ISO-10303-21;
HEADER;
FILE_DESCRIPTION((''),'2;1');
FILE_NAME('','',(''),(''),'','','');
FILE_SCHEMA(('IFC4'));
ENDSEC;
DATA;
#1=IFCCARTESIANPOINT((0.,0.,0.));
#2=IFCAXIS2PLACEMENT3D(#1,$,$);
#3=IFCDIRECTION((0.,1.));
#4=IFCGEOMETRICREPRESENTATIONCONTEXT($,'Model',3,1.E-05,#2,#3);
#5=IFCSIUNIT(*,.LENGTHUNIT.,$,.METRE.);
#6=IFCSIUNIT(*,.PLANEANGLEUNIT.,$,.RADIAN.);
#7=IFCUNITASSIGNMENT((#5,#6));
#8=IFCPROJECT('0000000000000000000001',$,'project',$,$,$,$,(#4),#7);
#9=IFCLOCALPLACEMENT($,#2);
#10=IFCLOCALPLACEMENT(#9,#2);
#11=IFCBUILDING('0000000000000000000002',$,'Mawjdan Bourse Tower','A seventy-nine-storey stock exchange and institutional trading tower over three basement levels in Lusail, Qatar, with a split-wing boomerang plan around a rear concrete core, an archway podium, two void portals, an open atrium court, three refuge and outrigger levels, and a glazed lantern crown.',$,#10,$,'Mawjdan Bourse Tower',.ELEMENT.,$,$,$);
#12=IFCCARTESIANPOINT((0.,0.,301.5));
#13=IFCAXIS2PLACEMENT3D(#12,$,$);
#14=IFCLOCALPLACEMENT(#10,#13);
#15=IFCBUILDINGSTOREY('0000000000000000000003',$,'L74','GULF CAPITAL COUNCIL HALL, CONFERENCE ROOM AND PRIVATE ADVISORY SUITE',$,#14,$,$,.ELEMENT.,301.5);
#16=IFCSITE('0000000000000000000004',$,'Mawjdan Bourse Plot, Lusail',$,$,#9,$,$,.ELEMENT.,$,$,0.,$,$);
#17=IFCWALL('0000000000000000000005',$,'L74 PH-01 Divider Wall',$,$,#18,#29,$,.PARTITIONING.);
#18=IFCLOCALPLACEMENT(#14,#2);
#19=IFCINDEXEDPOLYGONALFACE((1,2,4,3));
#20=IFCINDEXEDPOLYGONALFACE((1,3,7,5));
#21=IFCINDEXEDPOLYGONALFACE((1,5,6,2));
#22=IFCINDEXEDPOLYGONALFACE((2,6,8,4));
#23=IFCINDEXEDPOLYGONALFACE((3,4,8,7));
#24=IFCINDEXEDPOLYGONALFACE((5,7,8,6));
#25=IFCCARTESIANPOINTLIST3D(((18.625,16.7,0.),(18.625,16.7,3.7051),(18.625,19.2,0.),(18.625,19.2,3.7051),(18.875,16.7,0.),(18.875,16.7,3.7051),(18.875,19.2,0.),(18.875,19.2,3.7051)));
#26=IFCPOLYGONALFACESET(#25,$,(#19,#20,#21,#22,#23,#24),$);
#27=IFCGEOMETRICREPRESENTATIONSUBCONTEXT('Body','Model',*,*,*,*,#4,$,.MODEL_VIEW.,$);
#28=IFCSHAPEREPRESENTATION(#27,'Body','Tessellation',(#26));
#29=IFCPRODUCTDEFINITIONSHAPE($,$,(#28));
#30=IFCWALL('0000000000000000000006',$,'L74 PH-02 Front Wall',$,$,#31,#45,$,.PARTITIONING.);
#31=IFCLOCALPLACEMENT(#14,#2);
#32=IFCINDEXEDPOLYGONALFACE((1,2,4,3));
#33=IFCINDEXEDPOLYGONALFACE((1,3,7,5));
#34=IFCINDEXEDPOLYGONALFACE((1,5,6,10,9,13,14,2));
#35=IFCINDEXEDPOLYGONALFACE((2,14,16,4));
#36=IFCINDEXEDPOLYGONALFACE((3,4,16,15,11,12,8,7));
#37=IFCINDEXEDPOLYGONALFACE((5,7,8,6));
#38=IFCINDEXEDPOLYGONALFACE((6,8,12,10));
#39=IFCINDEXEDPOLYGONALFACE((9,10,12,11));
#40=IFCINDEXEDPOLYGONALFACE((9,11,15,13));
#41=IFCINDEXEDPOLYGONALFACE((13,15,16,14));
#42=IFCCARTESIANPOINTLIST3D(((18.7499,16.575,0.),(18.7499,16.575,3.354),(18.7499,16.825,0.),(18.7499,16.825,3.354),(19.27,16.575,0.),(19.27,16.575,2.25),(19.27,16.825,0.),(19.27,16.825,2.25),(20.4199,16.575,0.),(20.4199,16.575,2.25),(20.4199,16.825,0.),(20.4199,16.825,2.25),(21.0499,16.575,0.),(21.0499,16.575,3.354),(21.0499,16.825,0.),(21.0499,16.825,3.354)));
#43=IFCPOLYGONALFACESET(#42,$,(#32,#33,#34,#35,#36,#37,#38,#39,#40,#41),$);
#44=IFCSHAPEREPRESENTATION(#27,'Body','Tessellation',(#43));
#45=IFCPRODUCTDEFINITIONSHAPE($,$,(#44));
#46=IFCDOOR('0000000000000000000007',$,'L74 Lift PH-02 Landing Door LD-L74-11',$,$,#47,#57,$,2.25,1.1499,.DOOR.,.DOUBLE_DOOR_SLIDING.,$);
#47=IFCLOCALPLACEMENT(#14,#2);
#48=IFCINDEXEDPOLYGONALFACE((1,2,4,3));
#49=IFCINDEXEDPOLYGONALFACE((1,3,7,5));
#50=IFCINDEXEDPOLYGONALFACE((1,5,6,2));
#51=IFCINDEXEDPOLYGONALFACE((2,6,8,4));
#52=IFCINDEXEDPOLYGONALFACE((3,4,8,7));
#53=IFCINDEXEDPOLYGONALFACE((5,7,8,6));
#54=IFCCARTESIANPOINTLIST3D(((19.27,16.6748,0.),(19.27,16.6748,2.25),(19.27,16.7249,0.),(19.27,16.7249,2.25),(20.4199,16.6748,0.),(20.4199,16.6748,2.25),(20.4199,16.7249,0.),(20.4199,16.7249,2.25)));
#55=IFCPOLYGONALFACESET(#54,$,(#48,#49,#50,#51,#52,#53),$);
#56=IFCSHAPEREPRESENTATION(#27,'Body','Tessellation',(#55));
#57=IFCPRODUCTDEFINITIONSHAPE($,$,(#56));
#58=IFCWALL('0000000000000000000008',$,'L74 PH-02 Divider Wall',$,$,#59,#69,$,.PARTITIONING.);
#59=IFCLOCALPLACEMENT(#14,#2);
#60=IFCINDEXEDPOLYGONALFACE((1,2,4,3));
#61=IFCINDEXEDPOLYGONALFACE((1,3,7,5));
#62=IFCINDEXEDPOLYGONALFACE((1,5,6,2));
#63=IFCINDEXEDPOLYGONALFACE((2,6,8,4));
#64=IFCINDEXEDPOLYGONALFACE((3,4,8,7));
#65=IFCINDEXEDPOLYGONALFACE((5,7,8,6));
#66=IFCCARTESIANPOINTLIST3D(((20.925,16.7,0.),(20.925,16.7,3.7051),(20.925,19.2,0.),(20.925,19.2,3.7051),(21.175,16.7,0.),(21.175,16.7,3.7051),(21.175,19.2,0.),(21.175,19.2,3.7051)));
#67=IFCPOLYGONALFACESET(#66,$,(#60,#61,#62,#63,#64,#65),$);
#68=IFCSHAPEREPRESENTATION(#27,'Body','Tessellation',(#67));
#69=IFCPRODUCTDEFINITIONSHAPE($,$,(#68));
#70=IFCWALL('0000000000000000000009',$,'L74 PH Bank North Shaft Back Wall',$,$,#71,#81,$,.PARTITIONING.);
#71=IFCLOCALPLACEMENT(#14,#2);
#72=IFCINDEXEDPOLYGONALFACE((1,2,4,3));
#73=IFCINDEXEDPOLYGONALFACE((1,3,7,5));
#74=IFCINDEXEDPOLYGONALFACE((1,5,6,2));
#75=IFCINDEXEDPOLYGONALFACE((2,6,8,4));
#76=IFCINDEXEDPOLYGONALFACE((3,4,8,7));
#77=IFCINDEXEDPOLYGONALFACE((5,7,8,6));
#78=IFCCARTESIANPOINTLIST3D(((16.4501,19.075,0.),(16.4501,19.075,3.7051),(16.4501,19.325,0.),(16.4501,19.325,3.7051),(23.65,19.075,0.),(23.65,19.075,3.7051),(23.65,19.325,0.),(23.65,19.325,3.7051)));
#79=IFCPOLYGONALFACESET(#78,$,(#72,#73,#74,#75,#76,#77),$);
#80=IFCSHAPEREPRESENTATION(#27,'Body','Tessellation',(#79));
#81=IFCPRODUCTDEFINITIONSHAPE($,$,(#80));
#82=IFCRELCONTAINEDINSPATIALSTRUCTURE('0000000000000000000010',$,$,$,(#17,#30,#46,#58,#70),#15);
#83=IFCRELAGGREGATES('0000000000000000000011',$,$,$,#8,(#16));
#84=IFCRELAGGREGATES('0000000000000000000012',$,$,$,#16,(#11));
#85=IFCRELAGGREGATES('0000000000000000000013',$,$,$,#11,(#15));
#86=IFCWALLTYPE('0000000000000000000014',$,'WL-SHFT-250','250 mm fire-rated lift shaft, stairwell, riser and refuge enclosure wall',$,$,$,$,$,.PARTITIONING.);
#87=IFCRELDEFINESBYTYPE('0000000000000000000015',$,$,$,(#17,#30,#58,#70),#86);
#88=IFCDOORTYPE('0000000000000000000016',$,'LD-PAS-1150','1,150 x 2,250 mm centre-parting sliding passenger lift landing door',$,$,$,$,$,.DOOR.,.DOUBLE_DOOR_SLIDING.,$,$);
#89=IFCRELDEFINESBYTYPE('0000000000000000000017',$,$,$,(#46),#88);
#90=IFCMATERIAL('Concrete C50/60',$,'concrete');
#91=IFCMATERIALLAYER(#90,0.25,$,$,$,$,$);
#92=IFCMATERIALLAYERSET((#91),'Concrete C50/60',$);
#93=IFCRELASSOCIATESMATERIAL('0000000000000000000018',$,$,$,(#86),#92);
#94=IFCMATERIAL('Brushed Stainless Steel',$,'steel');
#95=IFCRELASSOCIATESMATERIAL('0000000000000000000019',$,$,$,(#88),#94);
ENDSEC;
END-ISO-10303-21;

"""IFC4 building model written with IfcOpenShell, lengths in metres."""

from ifc_helpers import new_model, si_unit, direction, frame, frame_2d, origin, place, context, subcontext, project, spatial, rectangle, extrude, material, layer, layer_set, type_object, element, fill, save


model = new_model("IFC4")

# Units and contexts
model_context = context("Model", 3, precision=1e-05, world=origin(), true_north=direction((0.0, 1.0)))
body_context = subcontext(model_context, "Body", "Model", "MODEL_VIEW")
ifc_project = project(units=[si_unit("LENGTHUNIT", "METRE"), si_unit("PLANEANGLEUNIT", "RADIAN")], contexts=[model_context])

# Site, building, storey
site_placement = place(None, origin())
site = spatial("IfcSite", under=ifc_project, at=site_placement, Name="Mawjdan Bourse Plot, Lusail", CompositionType="ELEMENT", RefElevation=0.0)
building_placement = place(site_placement, origin())
building = spatial("IfcBuilding", under=site, at=building_placement, Name="Mawjdan Bourse Tower", Description="A seventy-nine-storey stock exchange and institutional trading tower over three basement levels in Lusail, Qatar, with a split-wing boomerang plan around a rear concrete core, an archway podium, two void portals, an open atrium court, three refuge and outrigger levels, and a glazed lantern crown.", LongName="Mawjdan Bourse Tower", CompositionType="ELEMENT")
storey_placement = place(building_placement, frame((0.0, 0.0, 301.5)))
storey = spatial("IfcBuildingStorey", under=building, at=storey_placement, Name="L74", Description="GULF CAPITAL COUNCIL HALL, CONFERENCE ROOM AND PRIVATE ADVISORY SUITE", CompositionType="ELEMENT", Elevation=301.5)

# Shared definitions
ifc_material_1 = material(Name="Concrete C50/60", Category="concrete")
ifc_layer_1 = layer(ifc_material_1, 0.25)
ifc_layer_set_1 = layer_set([ifc_layer_1], Name="Concrete C50/60")
wall_type_1 = type_object("IfcWallType", Name="WL-SHFT-250", Description="250 mm fire-rated lift shaft, stairwell, riser and refuge enclosure wall", PredefinedType="PARTITIONING", material=ifc_layer_set_1)

# Shared definitions
ifc_material_2 = material(Name="Brushed Stainless Steel", Category="steel")
door_type_1 = type_object("IfcDoorType", Name="LD-PAS-1150", Description="1,150 x 2,250 mm centre-parting sliding passenger lift landing door", OperationType="DOUBLE_DOOR_SLIDING", PredefinedType="DOOR", material=ifc_material_2)

# Wall
wall_1_placement = place(storey_placement, frame((18.75, 16.7, 0.0), z_axis=(0.0, 0.0, 1.0), x_axis=(0.0, 1.0, 0.0)))
element("IfcWall", 1, at=wall_1_placement, inside=storey, type_object=wall_type_1, Name="L74 PH-01 Divider Wall", PredefinedType="PARTITIONING", context=body_context, shape_type="SweptSolid", body=[
    extrude(rectangle(XDim=2.5, YDim=0.25, at=frame_2d((1.25, 0.0))), origin(), (0.0, 0.0, 1.0), 3.7051),
])

# Wall, opening, door
wall_2_placement = place(storey_placement, frame((18.75, 16.7, 0.0), z_axis=(0.0, 0.0, 1.0), x_axis=(1.0, 0.0, 0.0)))
wall_2 = element("IfcWall", 2, at=wall_2_placement, inside=storey, type_object=wall_type_1, Name="L74 PH-02 Front Wall", PredefinedType="PARTITIONING", context=body_context, shape_type="SweptSolid", body=[
    extrude(rectangle(XDim=2.3, YDim=0.25, at=frame_2d((1.1499, 0.0))), origin(), (0.0, 0.0, 1.0), 3.354),
])
opening_1_placement = place(wall_2_placement, frame((0.52, 0.0, 0.0)))
opening_1 = element("IfcOpeningElement", 3, at=opening_1_placement, cuts=wall_2, PredefinedType="OPENING", context=body_context, shape_type="SweptSolid", body=[
    extrude(rectangle(XDim=1.1499, YDim=2.25, at=frame_2d((0.575, 1.125))), frame((0.0, 0.135, 0.0), z_axis=(0.0, -1.0, 0.0), x_axis=(1.0, 0.0, 0.0)), (0.0, 0.0, 1.0), 0.27),
])
door_1_placement = place(opening_1_placement, origin())
door_1 = element("IfcDoor", 4, at=door_1_placement, inside=storey, type_object=door_type_1, Name="L74 Lift PH-02 Landing Door LD-L74-11", OperationType="DOUBLE_DOOR_SLIDING", OverallHeight=2.25, OverallWidth=1.1499, PredefinedType="DOOR", context=body_context, shape_type="SweptSolid", body=[
    extrude(rectangle(XDim=1.1499, YDim=2.25, at=frame_2d((0.575, 1.125))), frame((0.0, 0.0249, 0.0), z_axis=(0.0, -1.0, 0.0), x_axis=(1.0, 0.0, 0.0)), (0.0, 0.0, 1.0), 0.05),
])
fill(opening_1, door_1)

# Walls
wall_3_placement = place(storey_placement, frame((21.05, 16.7, 0.0), z_axis=(0.0, 0.0, 1.0), x_axis=(0.0, 1.0, 0.0)))
element("IfcWall", 5, at=wall_3_placement, inside=storey, type_object=wall_type_1, Name="L74 PH-02 Divider Wall", PredefinedType="PARTITIONING", context=body_context, shape_type="SweptSolid", body=[
    extrude(rectangle(XDim=2.5, YDim=0.25, at=frame_2d((1.25, 0.0))), origin(), (0.0, 0.0, 1.0), 3.7051),
])
wall_4_placement = place(storey_placement, frame((16.45, 19.2, 0.0), z_axis=(0.0, 0.0, 1.0), x_axis=(1.0, 0.0, 0.0)))
element("IfcWall", 6, at=wall_4_placement, inside=storey, type_object=wall_type_1, Name="L74 PH Bank North Shaft Back Wall", PredefinedType="PARTITIONING", context=body_context, shape_type="SweptSolid", body=[
    extrude(rectangle(XDim=7.2, YDim=0.25, at=frame_2d((3.6001, 0.0))), origin(), (0.0, 0.0, 1.0), 3.7051),
])

save(model, "model.ifc")
